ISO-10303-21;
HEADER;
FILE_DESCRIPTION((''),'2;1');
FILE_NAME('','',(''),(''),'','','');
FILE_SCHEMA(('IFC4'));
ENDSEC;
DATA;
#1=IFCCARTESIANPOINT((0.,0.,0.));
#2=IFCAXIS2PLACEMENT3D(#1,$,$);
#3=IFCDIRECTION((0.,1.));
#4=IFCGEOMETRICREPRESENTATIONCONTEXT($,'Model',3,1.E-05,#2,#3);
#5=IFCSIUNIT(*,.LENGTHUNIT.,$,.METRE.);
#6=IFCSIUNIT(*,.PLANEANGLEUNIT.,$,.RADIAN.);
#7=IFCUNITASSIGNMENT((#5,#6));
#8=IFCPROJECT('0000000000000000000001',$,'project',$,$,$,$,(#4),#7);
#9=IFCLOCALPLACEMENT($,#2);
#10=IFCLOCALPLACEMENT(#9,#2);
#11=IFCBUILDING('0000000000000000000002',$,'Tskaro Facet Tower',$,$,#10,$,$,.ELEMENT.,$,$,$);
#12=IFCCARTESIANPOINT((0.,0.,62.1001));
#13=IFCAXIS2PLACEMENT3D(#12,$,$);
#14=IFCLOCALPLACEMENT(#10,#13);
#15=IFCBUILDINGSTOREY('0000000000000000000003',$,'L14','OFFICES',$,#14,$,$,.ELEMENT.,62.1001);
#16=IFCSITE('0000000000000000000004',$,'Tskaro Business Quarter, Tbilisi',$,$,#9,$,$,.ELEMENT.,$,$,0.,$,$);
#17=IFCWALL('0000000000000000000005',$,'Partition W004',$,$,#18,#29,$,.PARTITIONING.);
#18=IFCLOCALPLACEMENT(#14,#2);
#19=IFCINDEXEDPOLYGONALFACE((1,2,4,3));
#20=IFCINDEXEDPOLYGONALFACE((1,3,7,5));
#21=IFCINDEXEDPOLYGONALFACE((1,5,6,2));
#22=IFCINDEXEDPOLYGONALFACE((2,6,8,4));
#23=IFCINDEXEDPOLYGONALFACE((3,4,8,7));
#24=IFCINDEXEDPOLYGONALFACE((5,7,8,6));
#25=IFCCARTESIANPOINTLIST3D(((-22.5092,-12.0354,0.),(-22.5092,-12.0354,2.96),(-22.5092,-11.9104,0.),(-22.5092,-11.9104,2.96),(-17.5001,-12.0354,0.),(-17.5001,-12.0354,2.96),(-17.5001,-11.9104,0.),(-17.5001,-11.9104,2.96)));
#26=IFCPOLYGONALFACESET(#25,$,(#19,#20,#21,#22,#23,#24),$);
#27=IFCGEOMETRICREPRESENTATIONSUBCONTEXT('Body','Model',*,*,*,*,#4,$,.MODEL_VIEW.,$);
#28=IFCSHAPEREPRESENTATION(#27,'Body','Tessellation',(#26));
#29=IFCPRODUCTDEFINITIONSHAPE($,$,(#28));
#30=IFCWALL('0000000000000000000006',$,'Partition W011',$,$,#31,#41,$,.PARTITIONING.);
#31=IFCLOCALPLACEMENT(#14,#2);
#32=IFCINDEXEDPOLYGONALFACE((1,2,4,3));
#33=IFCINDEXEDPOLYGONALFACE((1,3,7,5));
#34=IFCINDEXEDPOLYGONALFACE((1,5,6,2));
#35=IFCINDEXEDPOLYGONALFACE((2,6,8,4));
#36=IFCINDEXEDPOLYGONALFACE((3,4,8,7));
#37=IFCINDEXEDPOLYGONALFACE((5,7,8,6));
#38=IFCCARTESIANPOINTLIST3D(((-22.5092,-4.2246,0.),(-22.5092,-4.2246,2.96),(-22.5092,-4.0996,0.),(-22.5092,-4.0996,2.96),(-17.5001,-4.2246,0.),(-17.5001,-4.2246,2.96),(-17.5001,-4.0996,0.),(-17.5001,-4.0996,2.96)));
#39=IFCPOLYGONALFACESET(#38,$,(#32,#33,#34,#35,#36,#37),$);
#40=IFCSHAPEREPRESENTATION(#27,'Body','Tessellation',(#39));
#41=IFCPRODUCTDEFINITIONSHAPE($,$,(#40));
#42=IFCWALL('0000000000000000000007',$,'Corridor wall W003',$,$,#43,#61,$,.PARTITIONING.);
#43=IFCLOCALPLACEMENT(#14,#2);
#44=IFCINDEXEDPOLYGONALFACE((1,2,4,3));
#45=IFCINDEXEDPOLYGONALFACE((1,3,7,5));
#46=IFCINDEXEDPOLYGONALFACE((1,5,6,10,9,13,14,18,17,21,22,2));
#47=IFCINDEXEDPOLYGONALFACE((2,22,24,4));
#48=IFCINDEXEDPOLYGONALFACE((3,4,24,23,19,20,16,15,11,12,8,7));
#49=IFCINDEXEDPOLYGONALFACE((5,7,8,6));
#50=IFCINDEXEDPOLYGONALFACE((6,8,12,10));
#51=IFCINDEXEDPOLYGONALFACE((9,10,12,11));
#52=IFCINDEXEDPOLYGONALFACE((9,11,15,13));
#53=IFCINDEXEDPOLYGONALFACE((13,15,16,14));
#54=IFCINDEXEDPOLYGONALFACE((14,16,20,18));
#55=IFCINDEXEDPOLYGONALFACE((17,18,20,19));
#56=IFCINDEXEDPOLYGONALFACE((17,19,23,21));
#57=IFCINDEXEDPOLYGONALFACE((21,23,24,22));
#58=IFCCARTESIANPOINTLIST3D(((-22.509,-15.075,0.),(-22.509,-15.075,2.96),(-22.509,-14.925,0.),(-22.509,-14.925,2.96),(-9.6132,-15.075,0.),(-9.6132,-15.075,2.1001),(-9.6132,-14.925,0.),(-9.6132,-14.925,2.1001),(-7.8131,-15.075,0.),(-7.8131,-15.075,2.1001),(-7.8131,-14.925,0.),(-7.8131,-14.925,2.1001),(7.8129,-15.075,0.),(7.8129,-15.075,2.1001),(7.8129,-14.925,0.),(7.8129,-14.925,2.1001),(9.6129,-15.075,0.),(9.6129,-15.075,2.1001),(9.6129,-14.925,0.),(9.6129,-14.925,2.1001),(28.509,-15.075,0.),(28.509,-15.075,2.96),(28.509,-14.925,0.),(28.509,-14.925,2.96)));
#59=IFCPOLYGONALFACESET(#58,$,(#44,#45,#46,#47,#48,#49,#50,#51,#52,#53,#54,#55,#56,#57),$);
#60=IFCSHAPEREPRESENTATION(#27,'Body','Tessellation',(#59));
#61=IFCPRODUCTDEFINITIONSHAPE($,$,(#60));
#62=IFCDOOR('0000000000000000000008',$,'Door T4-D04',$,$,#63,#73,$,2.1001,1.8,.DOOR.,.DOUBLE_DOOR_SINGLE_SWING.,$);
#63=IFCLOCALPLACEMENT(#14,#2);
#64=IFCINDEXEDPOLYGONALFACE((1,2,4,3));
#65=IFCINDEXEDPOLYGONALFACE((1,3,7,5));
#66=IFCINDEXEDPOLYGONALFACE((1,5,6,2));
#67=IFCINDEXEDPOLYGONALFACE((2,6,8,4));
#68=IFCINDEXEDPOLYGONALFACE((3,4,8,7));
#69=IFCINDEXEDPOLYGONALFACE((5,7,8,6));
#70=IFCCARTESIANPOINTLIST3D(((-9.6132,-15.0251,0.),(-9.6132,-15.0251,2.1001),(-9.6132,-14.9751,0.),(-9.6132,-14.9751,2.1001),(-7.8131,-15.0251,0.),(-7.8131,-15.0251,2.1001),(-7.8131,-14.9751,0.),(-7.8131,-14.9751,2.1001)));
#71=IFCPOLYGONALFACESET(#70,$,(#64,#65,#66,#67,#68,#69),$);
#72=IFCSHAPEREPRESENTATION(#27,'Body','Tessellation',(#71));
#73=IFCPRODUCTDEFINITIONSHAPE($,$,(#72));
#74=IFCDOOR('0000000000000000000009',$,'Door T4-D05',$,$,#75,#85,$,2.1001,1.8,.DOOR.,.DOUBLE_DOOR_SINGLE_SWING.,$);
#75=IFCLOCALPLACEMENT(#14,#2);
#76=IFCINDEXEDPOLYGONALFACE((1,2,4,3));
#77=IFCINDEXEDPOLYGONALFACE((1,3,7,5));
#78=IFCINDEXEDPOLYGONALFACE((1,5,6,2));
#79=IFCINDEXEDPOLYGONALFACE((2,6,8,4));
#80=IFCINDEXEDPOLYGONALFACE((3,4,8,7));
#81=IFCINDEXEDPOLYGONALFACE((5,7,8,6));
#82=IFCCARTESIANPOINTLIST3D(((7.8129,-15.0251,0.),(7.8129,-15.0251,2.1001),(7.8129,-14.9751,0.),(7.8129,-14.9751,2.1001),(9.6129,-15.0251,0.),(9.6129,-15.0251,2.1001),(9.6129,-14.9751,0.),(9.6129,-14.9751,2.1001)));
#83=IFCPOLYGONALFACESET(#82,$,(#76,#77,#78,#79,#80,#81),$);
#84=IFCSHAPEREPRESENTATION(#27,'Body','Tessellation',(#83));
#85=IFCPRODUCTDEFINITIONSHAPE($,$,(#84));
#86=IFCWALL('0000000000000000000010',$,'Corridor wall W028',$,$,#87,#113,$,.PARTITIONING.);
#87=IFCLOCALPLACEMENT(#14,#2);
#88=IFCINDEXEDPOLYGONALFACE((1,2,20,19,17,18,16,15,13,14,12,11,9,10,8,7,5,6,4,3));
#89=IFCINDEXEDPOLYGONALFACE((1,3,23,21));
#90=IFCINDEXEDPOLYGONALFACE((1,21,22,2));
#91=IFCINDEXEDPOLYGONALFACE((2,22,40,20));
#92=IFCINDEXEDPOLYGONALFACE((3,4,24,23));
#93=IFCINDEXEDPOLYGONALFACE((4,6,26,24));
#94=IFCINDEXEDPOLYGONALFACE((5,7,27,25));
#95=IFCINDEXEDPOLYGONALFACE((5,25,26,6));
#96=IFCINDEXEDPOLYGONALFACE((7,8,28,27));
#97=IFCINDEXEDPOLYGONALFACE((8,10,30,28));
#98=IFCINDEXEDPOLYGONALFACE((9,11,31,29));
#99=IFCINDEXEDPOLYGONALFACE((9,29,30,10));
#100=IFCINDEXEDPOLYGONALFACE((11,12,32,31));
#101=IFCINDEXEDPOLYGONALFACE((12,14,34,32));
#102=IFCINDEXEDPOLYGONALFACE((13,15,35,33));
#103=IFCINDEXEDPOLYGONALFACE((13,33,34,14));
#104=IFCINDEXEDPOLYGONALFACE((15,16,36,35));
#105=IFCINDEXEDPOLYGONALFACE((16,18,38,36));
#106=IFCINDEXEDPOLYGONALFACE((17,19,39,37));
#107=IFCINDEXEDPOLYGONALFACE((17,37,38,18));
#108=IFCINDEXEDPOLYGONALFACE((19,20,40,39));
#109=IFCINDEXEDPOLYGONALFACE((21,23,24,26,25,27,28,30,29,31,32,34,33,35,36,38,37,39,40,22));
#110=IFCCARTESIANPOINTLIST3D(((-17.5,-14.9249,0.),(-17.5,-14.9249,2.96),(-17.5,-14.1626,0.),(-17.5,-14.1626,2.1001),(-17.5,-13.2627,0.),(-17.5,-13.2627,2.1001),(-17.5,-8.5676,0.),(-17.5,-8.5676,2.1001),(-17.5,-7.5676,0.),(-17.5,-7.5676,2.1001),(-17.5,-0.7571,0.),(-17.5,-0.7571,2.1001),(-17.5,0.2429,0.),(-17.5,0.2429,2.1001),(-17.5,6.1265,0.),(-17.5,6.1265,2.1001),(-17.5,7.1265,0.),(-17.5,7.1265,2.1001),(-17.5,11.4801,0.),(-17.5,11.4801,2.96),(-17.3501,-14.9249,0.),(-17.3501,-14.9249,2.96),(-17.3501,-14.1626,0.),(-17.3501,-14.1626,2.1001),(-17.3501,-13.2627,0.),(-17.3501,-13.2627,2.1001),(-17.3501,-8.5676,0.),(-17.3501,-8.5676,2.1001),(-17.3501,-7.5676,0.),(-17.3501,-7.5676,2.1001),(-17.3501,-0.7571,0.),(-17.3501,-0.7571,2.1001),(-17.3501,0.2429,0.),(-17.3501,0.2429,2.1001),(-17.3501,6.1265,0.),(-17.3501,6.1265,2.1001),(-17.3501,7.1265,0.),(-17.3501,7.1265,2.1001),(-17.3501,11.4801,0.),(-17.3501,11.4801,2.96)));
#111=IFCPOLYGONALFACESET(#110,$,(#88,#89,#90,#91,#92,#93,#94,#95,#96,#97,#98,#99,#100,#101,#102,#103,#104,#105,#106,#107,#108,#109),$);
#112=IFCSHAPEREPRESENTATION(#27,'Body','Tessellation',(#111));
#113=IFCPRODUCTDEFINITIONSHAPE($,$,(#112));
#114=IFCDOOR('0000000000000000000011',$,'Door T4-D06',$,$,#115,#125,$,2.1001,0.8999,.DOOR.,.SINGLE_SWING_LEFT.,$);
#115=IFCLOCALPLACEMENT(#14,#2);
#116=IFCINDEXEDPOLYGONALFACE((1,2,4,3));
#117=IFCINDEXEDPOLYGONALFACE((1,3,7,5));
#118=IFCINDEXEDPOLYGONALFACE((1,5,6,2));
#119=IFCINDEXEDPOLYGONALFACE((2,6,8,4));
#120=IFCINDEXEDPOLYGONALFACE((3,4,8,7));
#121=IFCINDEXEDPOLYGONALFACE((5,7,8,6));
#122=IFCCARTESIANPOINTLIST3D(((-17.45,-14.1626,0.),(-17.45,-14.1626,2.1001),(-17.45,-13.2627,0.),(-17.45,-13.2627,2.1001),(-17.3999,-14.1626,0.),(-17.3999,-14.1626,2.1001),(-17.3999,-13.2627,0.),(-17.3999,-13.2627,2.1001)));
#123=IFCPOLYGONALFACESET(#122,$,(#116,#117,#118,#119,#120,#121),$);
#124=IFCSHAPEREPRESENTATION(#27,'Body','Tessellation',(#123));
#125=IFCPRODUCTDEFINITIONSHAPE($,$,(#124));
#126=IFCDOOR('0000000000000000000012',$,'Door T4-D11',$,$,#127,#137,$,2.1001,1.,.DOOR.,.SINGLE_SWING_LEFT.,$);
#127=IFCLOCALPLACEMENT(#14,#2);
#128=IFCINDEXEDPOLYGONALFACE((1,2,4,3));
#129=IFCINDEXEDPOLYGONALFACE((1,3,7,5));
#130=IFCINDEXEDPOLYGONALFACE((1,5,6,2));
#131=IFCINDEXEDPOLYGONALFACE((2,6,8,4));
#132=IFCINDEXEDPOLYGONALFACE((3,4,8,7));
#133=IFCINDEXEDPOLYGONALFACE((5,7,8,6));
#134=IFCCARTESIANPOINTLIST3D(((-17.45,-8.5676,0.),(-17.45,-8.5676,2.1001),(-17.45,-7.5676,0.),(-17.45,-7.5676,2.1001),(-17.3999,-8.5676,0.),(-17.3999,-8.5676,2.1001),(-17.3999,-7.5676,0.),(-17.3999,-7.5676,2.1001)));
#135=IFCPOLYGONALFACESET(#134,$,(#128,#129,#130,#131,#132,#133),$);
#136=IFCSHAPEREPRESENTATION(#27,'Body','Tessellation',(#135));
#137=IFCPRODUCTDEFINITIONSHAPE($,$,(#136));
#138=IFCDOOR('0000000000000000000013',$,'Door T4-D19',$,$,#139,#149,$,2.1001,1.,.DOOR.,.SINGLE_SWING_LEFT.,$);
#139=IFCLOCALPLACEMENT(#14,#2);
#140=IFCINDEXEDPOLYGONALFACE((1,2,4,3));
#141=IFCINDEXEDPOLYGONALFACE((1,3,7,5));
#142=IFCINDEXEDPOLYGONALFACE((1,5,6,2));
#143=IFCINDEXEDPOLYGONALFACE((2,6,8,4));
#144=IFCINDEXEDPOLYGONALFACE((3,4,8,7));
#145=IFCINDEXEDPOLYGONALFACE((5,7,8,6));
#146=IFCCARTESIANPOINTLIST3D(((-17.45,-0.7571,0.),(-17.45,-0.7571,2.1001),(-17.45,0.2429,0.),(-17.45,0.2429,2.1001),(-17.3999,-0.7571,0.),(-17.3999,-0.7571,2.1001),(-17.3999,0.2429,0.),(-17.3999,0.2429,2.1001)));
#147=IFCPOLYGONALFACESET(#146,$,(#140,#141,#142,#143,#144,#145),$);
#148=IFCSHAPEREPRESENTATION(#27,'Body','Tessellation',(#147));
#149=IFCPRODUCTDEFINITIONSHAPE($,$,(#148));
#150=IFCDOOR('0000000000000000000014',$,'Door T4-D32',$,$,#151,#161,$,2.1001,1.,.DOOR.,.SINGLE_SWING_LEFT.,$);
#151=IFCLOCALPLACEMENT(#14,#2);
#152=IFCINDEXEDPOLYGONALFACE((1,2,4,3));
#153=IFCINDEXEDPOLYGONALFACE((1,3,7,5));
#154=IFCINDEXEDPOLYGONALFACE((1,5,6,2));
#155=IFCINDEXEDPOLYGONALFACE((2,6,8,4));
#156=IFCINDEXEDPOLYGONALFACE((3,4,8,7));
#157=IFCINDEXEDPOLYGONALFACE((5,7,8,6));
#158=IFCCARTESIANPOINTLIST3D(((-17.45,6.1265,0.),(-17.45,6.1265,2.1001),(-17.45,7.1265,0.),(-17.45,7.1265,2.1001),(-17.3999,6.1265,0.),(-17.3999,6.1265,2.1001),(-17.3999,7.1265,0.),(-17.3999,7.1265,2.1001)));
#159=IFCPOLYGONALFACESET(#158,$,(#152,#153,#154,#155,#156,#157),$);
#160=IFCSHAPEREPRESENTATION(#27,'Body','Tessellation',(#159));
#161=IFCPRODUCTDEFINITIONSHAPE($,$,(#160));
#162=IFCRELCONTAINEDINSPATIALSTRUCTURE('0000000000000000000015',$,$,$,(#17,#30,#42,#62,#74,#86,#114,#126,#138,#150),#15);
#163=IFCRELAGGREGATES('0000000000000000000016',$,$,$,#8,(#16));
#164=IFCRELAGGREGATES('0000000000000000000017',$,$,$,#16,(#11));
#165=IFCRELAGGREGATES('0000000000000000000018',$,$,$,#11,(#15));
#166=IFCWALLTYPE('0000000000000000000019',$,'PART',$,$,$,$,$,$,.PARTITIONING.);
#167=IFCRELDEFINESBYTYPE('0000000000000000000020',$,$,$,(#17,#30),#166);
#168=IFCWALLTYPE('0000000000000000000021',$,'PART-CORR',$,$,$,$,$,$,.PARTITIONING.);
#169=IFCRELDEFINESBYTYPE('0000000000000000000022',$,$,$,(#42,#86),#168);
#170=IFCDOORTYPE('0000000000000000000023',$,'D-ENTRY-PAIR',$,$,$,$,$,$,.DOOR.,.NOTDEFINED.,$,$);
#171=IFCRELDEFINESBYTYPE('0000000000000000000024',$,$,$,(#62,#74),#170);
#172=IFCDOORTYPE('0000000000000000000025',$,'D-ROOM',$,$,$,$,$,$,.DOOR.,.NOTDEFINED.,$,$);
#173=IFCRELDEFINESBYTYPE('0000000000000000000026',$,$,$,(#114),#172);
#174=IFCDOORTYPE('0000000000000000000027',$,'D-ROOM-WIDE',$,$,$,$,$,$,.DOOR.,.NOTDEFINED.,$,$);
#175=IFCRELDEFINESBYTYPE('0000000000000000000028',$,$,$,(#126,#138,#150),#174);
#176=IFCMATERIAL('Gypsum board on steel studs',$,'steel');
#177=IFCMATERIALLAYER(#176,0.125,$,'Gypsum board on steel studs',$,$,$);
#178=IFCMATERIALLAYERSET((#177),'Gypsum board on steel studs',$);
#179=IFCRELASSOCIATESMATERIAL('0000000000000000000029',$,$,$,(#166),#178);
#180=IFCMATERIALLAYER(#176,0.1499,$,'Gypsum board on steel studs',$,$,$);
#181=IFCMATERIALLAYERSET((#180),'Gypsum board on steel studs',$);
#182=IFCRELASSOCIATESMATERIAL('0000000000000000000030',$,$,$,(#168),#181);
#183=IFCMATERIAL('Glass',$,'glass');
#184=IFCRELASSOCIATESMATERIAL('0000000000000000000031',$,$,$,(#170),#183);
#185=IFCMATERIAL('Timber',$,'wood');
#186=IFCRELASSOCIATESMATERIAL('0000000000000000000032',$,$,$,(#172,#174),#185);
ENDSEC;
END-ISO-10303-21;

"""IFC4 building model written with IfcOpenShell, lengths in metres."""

from ifc_helpers import new_model, si_unit, direction, frame, frame_2d, origin, place, context, subcontext, project, spatial, rectangle, extrude, material, layer, layer_set, type_object, element, fill, save


model = new_model("IFC4")

# Units and contexts
model_context = context("Model", 3, precision=1e-05, world=origin(), true_north=direction((0.0, 1.0)))
body_context = subcontext(model_context, "Body", "Model", "MODEL_VIEW")
ifc_project = project(units=[si_unit("LENGTHUNIT", "METRE"), si_unit("PLANEANGLEUNIT", "RADIAN")], contexts=[model_context])

# Site, building, storey
site_placement = place(None, origin())
site = spatial("IfcSite", under=ifc_project, at=site_placement, Name="Tskaro Business Quarter, Tbilisi", CompositionType="ELEMENT", RefElevation=0.0)
building_placement = place(site_placement, origin())
building = spatial("IfcBuilding", under=site, at=building_placement, Name="Tskaro Facet Tower", CompositionType="ELEMENT")
storey_placement = place(building_placement, frame((0.0, 0.0, 62.1001)))
storey = spatial("IfcBuildingStorey", under=building, at=storey_placement, Name="L14", Description="OFFICES", CompositionType="ELEMENT", Elevation=62.1001)

# Walls
ifc_material_1 = material(Name="Gypsum board on steel studs", Category="steel")
ifc_layer_1 = layer(ifc_material_1, 0.125, Name="Gypsum board on steel studs")
ifc_layer_set_1 = layer_set([ifc_layer_1], Name="Gypsum board on steel studs")
wall_type_1 = type_object("IfcWallType", Name="PART", PredefinedType="PARTITIONING", material=ifc_layer_set_1)
for number, where, z_axis, x_axis, name in (
    (1, (-22.509, -11.9729, 0.0), (0.0, 0.0, 1.0), (1.0, 0.0, 0.0), "Partition W004"),
    (2, (-22.509, -4.1621, 0.0), (0.0, 0.0, 1.0), (1.0, 0.0, 0.0), "Partition W011"),
):
    element("IfcWall", number, at=place(storey_placement, frame(where, z_axis=z_axis, x_axis=x_axis)), inside=storey, type_object=wall_type_1, Name=name, PredefinedType="PARTITIONING", context=body_context, shape_type="SweptSolid", body=[
        extrude(rectangle(XDim=5.009, YDim=0.125, at=frame_2d((2.5044, 0.0))), origin(), (0.0, 0.0, 1.0), 2.96),
    ])

# Walls, openings, doors
ifc_layer_2 = layer(ifc_material_1, 0.1499, Name="Gypsum board on steel studs")
ifc_layer_set_2 = layer_set([ifc_layer_2], Name="Gypsum board on steel studs")
wall_type_2 = type_object("IfcWallType", Name="PART-CORR", PredefinedType="PARTITIONING", material=ifc_layer_set_2)
wall_1_placement = place(storey_placement, frame((-22.509, -15.0, 0.0), z_axis=(0.0, 0.0, 1.0), x_axis=(1.0, 0.0, 0.0)))
wall_1 = element("IfcWall", 3, at=wall_1_placement, inside=storey, type_object=wall_type_2, Name="Corridor wall W003", PredefinedType="PARTITIONING", context=body_context, shape_type="SweptSolid", body=[
    extrude(rectangle(XDim=51.0181, YDim=0.1499, at=frame_2d((25.509, 0.0))), origin(), (0.0, 0.0, 1.0), 2.96),
])
opening_1_placement = place(wall_1_placement, frame((12.896, 0.0, 0.0)))
opening_1 = element("IfcOpeningElement", 4, at=opening_1_placement, cuts=wall_1, PredefinedType="OPENING", context=body_context, shape_type="SweptSolid", body=[
    extrude(rectangle(XDim=1.8, YDim=2.1001, at=frame_2d((0.8999, 1.05))), frame((0.0, 0.085, 0.0), z_axis=(0.0, -1.0, 0.0), x_axis=(1.0, 0.0, 0.0)), (0.0, 0.0, 1.0), 0.1699),
])
opening_2_placement = place(wall_1_placement, frame((30.322, 0.0, 0.0)))
opening_2 = element("IfcOpeningElement", 5, at=opening_2_placement, cuts=wall_1, PredefinedType="OPENING", context=body_context, shape_type="SweptSolid", body=[
    extrude(rectangle(XDim=1.8, YDim=2.1001, at=frame_2d((0.8999, 1.05))), frame((0.0, 0.085, 0.0), z_axis=(0.0, -1.0, 0.0), x_axis=(1.0, 0.0, 0.0)), (0.0, 0.0, 1.0), 0.1699),
])
ifc_material_2 = material(Name="Glass", Category="glass")
door_type_1 = type_object("IfcDoorType", Name="D-ENTRY-PAIR", OperationType="NOTDEFINED", PredefinedType="DOOR", material=ifc_material_2)
door_1_placement = place(opening_1_placement, origin())
door_1 = element("IfcDoor", 6, at=door_1_placement, inside=storey, type_object=door_type_1, Name="Door T4-D04", OperationType="DOUBLE_DOOR_SINGLE_SWING", OverallHeight=2.1001, OverallWidth=1.8, PredefinedType="DOOR", context=body_context, shape_type="SweptSolid", body=[
    extrude(rectangle(XDim=1.8, YDim=2.1001, at=frame_2d((0.8999, 1.05))), frame((0.0, 0.0249, 0.0), z_axis=(0.0, -1.0, 0.0), x_axis=(1.0, 0.0, 0.0)), (0.0, 0.0, 1.0), 0.05),
])
fill(opening_1, door_1)
door_2_placement = place(opening_2_placement, origin())
door_2 = element("IfcDoor", 7, at=door_2_placement, inside=storey, type_object=door_type_1, Name="Door T4-D05", OperationType="DOUBLE_DOOR_SINGLE_SWING", OverallHeight=2.1001, OverallWidth=1.8, PredefinedType="DOOR", context=body_context, shape_type="SweptSolid", body=[
    extrude(rectangle(XDim=1.8, YDim=2.1001, at=frame_2d((0.8999, 1.05))), frame((0.0, 0.0249, 0.0), z_axis=(0.0, -1.0, 0.0), x_axis=(1.0, 0.0, 0.0)), (0.0, 0.0, 1.0), 0.05),
])
fill(opening_2, door_2)
wall_2_placement = place(storey_placement, frame((-17.425, -14.925, 0.0), z_axis=(0.0, 0.0, 1.0), x_axis=(0.0, 1.0, 0.0)))
wall_2 = element("IfcWall", 8, at=wall_2_placement, inside=storey, type_object=wall_type_2, Name="Corridor wall W028", PredefinedType="PARTITIONING", context=body_context, shape_type="SweptSolid", body=[
    extrude(rectangle(XDim=26.405, YDim=0.1499, at=frame_2d((13.2026, 0.0))), origin(), (0.0, 0.0, 1.0), 2.96),
])
opening_3_placement = place(wall_2_placement, frame((0.7625, 0.0, 0.0)))
opening_3 = element("IfcOpeningElement", 9, at=opening_3_placement, cuts=wall_2, PredefinedType="OPENING", context=body_context, shape_type="SweptSolid", body=[
    extrude(rectangle(XDim=0.8999, YDim=2.1001, at=frame_2d((0.45, 1.05))), frame((0.0, 0.085, 0.0), z_axis=(0.0, -1.0, 0.0), x_axis=(1.0, 0.0, 0.0)), (0.0, 0.0, 1.0), 0.1699),
])
opening_4_placement = place(wall_2_placement, frame((6.3574, 0.0, 0.0)))
opening_4 = element("IfcOpeningElement", 10, at=opening_4_placement, cuts=wall_2, PredefinedType="OPENING", context=body_context, shape_type="SweptSolid", body=[
    extrude(rectangle(XDim=1.0, YDim=2.1001, at=frame_2d((0.5, 1.05))), frame((0.0, 0.085, 0.0), z_axis=(0.0, -1.0, 0.0), x_axis=(1.0, 0.0, 0.0)), (0.0, 0.0, 1.0), 0.1699),
])
opening_5_placement = place(wall_2_placement, frame((14.168, 0.0, 0.0)))
opening_5 = element("IfcOpeningElement", 11, at=opening_5_placement, cuts=wall_2, PredefinedType="OPENING", context=body_context, shape_type="SweptSolid", body=[
    extrude(rectangle(XDim=1.0, YDim=2.1001, at=frame_2d((0.5, 1.05))), frame((0.0, 0.085, 0.0), z_axis=(0.0, -1.0, 0.0), x_axis=(1.0, 0.0, 0.0)), (0.0, 0.0, 1.0), 0.1699),
])
opening_6_placement = place(wall_2_placement, frame((21.0515, 0.0, 0.0)))
opening_6 = element("IfcOpeningElement", 12, at=opening_6_placement, cuts=wall_2, PredefinedType="OPENING", context=body_context, shape_type="SweptSolid", body=[
    extrude(rectangle(XDim=1.0, YDim=2.1001, at=frame_2d((0.5, 1.05))), frame((0.0, 0.085, 0.0), z_axis=(0.0, -1.0, 0.0), x_axis=(1.0, 0.0, 0.0)), (0.0, 0.0, 1.0), 0.1699),
])
ifc_material_3 = material(Name="Timber", Category="wood")
door_type_2 = type_object("IfcDoorType", Name="D-ROOM", OperationType="NOTDEFINED", PredefinedType="DOOR", material=ifc_material_3)
door_3_placement = place(opening_3_placement, origin())
door_3 = element("IfcDoor", 13, at=door_3_placement, inside=storey, type_object=door_type_2, Name="Door T4-D06", OperationType="SINGLE_SWING_LEFT", OverallHeight=2.1001, OverallWidth=0.8999, PredefinedType="DOOR", context=body_context, shape_type="SweptSolid", body=[
    extrude(rectangle(XDim=0.8999, YDim=2.1001, at=frame_2d((0.45, 1.05))), frame((0.0, 0.0249, 0.0), z_axis=(0.0, -1.0, 0.0), x_axis=(1.0, 0.0, 0.0)), (0.0, 0.0, 1.0), 0.05),
])
fill(opening_3, door_3)
door_type_3 = type_object("IfcDoorType", Name="D-ROOM-WIDE", OperationType="NOTDEFINED", PredefinedType="DOOR", material=ifc_material_3)
door_4_placement = place(opening_4_placement, origin())
door_4 = element("IfcDoor", 14, at=door_4_placement, inside=storey, type_object=door_type_3, Name="Door T4-D11", OperationType="SINGLE_SWING_LEFT", OverallHeight=2.1001, OverallWidth=1.0, PredefinedType="DOOR", context=body_context, shape_type="SweptSolid", body=[
    extrude(rectangle(XDim=1.0, YDim=2.1001, at=frame_2d((0.5, 1.05))), frame((0.0, 0.0249, 0.0), z_axis=(0.0, -1.0, 0.0), x_axis=(1.0, 0.0, 0.0)), (0.0, 0.0, 1.0), 0.05),
])
fill(opening_4, door_4)
door_5_placement = place(opening_5_placement, origin())
door_5 = element("IfcDoor", 15, at=door_5_placement, inside=storey, type_object=door_type_3, Name="Door T4-D19", OperationType="SINGLE_SWING_LEFT", OverallHeight=2.1001, OverallWidth=1.0, PredefinedType="DOOR", context=body_context, shape_type="SweptSolid", body=[
    extrude(rectangle(XDim=1.0, YDim=2.1001, at=frame_2d((0.5, 1.05))), frame((0.0, 0.0249, 0.0), z_axis=(0.0, -1.0, 0.0), x_axis=(1.0, 0.0, 0.0)), (0.0, 0.0, 1.0), 0.05),
])
fill(opening_5, door_5)
door_6_placement = place(opening_6_placement, origin())
door_6 = element("IfcDoor", 16, at=door_6_placement, inside=storey, type_object=door_type_3, Name="Door T4-D32", OperationType="SINGLE_SWING_LEFT", OverallHeight=2.1001, OverallWidth=1.0, PredefinedType="DOOR", context=body_context, shape_type="SweptSolid", body=[
    extrude(rectangle(XDim=1.0, YDim=2.1001, at=frame_2d((0.5, 1.05))), frame((0.0, 0.0249, 0.0), z_axis=(0.0, -1.0, 0.0), x_axis=(1.0, 0.0, 0.0)), (0.0, 0.0, 1.0), 0.05),
])
fill(opening_6, door_6)

save(model, "model.ifc")
